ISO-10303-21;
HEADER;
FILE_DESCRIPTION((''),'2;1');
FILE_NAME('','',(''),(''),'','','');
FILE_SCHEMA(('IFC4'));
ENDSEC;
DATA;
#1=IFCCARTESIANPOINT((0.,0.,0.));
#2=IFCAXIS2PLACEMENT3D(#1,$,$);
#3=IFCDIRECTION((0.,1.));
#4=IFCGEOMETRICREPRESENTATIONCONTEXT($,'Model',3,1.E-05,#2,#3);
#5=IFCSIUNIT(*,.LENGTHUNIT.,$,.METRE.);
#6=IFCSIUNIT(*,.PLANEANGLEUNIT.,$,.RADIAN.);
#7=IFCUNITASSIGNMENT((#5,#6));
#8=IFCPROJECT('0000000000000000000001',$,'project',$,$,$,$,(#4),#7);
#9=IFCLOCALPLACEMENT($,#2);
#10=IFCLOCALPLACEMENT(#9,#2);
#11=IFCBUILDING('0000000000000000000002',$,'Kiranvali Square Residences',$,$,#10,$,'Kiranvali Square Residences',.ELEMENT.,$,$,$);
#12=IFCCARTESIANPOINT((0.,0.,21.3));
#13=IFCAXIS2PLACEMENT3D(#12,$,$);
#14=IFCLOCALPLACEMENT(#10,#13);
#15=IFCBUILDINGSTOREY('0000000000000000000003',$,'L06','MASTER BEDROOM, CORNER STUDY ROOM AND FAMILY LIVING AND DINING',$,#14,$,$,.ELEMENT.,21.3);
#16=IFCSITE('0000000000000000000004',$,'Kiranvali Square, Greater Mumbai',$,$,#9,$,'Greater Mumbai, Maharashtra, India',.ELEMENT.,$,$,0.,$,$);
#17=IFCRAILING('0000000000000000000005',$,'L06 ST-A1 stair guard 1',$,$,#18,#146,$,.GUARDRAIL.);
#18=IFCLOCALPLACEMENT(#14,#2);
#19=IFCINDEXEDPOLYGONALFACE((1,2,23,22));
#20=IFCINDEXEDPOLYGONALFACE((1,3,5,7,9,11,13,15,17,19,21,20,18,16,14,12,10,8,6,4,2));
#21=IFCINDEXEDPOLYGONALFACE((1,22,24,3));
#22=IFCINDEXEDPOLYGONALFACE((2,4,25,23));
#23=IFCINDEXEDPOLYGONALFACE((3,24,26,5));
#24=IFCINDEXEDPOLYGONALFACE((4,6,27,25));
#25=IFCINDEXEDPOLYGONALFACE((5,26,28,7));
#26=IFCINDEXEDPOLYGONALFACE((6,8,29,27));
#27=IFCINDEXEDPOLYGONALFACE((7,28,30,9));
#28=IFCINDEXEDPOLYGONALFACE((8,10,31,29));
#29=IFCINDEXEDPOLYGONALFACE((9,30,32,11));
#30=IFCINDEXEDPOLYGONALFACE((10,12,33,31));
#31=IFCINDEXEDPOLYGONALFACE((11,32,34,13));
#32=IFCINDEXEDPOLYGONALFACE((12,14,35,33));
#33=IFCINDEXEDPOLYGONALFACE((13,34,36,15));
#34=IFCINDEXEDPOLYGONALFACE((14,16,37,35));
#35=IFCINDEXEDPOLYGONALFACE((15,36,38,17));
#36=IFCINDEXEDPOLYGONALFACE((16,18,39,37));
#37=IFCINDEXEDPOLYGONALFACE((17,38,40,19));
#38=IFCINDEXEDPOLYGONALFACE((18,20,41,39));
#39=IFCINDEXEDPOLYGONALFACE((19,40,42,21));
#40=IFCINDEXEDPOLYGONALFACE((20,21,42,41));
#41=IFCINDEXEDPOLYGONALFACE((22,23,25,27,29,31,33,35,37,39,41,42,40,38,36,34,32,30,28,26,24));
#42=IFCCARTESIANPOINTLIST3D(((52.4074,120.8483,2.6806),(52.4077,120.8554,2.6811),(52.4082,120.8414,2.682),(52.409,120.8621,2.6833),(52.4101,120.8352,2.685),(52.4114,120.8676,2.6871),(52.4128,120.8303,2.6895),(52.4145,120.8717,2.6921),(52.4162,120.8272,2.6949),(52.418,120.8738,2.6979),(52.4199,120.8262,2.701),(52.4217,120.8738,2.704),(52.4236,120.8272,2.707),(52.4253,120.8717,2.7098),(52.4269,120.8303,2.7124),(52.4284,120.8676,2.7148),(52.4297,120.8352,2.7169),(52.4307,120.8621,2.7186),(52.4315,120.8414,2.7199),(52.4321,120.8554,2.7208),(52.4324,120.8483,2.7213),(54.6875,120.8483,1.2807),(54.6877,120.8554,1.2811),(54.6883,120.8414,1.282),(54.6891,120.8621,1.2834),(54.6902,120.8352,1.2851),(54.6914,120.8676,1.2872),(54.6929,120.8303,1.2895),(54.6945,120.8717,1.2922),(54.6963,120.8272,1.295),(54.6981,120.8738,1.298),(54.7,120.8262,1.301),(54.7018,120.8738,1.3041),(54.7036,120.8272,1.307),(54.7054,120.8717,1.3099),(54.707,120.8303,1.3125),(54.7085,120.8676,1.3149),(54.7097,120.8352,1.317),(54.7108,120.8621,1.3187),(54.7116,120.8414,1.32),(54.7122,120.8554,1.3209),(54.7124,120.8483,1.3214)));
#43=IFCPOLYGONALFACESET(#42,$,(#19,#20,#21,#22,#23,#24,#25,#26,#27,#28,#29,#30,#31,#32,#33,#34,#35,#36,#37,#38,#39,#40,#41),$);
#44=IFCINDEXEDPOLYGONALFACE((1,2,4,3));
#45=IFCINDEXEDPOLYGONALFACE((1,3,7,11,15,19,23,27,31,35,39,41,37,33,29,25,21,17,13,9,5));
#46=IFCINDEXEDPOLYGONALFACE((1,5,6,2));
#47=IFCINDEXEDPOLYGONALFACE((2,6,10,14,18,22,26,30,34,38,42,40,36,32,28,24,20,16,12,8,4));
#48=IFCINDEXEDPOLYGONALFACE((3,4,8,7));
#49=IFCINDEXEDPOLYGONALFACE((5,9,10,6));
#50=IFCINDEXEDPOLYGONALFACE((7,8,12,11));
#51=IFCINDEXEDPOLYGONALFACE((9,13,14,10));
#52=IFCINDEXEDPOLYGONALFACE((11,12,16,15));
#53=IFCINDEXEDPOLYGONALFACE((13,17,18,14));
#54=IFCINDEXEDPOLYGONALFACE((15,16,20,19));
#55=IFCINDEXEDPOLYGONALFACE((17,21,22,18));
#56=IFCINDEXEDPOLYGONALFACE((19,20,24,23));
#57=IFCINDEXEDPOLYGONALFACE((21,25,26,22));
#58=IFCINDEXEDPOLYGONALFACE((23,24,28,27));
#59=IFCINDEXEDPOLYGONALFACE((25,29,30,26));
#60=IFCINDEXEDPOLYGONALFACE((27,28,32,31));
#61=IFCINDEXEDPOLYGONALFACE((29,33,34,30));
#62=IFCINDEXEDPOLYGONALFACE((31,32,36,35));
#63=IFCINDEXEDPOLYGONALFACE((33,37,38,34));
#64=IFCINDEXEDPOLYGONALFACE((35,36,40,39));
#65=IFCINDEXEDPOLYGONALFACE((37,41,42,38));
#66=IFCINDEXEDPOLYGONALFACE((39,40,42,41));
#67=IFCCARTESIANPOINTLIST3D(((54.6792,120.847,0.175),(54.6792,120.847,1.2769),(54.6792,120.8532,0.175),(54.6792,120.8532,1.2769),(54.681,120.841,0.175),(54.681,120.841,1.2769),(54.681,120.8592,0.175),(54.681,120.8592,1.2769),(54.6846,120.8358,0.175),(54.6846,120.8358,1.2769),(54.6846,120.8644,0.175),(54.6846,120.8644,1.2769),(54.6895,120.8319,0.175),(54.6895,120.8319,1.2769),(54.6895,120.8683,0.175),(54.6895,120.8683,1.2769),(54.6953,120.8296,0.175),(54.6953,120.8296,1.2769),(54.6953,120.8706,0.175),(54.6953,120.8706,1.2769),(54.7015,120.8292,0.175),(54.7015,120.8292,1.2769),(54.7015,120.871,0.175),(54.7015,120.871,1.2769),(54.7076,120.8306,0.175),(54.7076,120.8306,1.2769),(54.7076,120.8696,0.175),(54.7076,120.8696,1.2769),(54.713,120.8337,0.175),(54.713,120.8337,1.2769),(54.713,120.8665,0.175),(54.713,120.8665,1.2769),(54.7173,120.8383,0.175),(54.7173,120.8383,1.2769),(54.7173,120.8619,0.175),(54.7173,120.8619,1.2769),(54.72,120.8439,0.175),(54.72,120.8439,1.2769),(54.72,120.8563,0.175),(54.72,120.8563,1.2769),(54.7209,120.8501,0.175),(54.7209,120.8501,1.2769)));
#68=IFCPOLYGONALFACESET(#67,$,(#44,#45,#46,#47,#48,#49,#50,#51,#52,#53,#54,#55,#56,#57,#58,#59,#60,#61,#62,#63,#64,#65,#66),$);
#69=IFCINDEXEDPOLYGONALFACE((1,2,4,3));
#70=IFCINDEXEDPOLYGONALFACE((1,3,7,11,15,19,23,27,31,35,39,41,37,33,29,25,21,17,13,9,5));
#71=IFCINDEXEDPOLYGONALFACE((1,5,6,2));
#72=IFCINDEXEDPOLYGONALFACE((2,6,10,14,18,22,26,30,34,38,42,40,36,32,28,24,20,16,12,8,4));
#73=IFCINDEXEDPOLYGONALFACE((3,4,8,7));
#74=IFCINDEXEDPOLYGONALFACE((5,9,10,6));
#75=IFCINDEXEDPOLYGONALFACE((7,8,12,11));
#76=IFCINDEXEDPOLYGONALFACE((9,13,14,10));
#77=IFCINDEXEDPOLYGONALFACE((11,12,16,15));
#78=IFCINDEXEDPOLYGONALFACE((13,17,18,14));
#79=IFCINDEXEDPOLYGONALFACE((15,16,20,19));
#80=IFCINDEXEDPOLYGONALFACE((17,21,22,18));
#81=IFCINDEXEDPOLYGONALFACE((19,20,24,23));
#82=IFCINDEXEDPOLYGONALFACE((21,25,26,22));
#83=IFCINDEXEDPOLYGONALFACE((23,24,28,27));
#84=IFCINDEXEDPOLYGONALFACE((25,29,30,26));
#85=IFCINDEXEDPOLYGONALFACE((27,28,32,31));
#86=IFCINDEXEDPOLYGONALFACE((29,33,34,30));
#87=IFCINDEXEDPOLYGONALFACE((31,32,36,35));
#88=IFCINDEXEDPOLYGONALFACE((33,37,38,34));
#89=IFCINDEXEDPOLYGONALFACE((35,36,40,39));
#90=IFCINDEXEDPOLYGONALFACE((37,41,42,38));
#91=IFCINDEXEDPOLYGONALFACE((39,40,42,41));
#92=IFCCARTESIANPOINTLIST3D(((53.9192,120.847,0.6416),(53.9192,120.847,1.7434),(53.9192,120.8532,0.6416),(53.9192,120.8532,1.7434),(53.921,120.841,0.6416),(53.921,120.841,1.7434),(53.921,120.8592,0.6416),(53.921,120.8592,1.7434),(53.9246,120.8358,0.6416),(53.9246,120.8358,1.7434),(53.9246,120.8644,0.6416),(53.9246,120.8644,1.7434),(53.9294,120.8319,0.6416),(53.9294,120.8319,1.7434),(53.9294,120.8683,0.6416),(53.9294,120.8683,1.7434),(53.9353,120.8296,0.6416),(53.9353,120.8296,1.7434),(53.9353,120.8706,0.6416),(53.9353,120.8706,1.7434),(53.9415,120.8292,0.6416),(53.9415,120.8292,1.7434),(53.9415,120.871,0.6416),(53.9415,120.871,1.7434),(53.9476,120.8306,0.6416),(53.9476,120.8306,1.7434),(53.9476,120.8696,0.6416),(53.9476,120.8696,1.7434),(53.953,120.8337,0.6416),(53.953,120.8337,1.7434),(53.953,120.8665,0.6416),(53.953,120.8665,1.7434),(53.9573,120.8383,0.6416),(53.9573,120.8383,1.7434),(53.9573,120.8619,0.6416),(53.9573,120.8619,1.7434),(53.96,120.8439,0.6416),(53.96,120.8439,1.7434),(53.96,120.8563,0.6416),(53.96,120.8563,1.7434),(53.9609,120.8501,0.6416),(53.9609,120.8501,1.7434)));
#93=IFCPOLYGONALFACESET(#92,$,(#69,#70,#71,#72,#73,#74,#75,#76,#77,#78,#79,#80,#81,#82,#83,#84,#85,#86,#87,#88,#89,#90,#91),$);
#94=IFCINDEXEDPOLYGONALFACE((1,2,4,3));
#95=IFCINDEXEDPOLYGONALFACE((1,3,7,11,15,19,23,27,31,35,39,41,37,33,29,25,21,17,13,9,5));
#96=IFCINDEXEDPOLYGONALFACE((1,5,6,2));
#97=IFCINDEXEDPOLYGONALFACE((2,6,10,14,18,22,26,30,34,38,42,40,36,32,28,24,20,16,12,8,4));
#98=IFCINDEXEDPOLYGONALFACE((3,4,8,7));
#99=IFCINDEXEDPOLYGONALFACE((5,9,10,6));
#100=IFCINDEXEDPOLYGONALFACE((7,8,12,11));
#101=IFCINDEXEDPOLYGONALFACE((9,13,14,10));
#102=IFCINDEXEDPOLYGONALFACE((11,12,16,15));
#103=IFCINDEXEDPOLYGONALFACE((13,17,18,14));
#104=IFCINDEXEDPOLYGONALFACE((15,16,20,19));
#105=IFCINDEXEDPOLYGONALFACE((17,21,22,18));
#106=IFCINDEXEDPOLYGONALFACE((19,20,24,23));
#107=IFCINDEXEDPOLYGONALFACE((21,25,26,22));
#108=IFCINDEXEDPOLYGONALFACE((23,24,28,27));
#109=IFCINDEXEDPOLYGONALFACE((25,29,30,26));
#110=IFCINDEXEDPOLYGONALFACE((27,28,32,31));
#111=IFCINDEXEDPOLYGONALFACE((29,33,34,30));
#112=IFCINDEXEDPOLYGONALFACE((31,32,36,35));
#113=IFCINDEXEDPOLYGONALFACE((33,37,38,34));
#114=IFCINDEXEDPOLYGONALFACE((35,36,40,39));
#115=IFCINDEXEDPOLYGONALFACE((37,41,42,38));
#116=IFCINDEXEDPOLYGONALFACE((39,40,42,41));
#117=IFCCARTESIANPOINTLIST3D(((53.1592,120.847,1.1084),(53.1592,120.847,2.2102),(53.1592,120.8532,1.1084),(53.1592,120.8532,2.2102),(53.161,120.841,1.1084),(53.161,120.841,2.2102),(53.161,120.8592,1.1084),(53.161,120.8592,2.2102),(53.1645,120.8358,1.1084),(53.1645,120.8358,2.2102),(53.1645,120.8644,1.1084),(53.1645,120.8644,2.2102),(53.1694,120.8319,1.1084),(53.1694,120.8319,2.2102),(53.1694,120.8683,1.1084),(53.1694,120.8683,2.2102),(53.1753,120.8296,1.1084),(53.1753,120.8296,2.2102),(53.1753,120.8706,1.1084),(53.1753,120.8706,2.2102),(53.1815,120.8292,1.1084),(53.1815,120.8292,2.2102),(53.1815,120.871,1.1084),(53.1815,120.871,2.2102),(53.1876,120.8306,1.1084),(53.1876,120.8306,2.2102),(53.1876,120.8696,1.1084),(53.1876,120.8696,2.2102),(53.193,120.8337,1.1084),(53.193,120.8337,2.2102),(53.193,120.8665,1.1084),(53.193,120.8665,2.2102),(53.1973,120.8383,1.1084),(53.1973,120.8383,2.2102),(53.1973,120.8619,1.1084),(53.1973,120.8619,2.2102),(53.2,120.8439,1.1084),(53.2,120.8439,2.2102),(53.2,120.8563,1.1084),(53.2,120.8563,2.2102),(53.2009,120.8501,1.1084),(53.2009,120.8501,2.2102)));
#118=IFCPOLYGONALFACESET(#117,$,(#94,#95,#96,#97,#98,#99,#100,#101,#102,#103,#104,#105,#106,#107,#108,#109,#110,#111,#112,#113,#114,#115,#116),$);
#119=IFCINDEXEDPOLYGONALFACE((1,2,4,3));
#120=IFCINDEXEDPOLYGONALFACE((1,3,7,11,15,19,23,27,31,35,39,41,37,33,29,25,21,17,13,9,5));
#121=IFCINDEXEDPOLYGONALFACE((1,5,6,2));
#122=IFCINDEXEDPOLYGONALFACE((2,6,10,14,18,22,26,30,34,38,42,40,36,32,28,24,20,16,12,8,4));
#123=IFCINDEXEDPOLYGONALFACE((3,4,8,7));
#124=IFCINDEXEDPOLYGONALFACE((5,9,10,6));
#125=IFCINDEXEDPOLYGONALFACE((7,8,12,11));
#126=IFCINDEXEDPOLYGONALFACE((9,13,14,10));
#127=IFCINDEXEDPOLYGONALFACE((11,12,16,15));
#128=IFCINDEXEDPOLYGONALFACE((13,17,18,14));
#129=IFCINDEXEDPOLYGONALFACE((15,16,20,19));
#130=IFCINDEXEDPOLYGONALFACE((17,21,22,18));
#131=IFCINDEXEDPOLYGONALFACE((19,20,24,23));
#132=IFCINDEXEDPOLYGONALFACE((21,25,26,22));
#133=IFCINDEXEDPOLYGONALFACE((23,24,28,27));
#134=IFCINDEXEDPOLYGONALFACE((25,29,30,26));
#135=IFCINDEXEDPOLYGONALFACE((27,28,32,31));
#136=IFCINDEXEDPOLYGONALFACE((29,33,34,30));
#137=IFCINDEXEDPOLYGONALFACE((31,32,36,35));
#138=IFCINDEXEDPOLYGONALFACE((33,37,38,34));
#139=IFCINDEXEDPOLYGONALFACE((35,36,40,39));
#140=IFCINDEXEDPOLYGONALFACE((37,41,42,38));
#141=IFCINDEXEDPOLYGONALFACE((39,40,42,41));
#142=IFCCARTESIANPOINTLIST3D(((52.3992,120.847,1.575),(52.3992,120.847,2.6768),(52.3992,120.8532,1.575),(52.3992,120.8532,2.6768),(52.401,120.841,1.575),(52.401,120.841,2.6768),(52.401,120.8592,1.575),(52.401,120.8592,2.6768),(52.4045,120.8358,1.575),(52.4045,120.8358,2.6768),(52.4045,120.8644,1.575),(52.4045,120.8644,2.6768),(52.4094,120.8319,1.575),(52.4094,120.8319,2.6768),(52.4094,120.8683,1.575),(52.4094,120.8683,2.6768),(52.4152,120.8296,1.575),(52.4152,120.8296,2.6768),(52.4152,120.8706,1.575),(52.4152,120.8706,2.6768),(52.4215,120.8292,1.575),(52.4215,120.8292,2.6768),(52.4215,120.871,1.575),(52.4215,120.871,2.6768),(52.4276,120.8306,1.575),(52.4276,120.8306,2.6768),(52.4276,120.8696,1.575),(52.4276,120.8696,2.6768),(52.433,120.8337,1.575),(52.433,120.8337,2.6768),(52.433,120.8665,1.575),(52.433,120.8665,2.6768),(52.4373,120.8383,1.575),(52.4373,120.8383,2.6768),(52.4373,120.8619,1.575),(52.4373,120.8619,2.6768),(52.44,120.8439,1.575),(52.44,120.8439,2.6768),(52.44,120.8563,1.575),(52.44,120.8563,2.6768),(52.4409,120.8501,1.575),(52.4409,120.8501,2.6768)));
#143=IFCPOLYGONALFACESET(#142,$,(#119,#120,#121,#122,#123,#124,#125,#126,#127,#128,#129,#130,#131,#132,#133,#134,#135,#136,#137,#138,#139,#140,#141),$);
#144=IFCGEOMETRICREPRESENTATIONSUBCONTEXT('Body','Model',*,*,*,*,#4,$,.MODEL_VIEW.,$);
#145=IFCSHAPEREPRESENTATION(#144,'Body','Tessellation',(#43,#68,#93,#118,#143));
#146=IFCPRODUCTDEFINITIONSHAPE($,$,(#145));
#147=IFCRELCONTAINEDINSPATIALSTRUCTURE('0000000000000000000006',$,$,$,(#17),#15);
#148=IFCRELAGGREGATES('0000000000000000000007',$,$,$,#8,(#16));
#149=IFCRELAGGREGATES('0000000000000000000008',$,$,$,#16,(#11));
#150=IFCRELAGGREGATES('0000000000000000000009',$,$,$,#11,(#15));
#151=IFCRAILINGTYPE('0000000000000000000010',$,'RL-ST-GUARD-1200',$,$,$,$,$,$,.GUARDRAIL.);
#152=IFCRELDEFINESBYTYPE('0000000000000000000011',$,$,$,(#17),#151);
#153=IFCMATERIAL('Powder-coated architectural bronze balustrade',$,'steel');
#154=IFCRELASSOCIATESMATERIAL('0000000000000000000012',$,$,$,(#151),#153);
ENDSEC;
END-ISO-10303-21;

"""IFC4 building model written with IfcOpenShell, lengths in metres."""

from ifc_helpers import new_model, si_unit, direction, frame, origin, origin_2d, place, context, subcontext, project, spatial, circle, extrude, material, type_object, element, save


model = new_model("IFC4")

# Units and contexts
model_context = context("Model", 3, precision=1e-05, world=origin(), true_north=direction((0.0, 1.0)))
body_context = subcontext(model_context, "Body", "Model", "MODEL_VIEW")
ifc_project = project(units=[si_unit("LENGTHUNIT", "METRE"), si_unit("PLANEANGLEUNIT", "RADIAN")], contexts=[model_context])

# Site, building, storey
site_placement = place(None, origin())
site = spatial("IfcSite", under=ifc_project, at=site_placement, Name="Kiranvali Square, Greater Mumbai", LongName="Greater Mumbai, Maharashtra, India", CompositionType="ELEMENT", RefElevation=0.0)
building_placement = place(site_placement, origin())
building = spatial("IfcBuilding", under=site, at=building_placement, Name="Kiranvali Square Residences", LongName="Kiranvali Square Residences", CompositionType="ELEMENT")
storey_placement = place(building_placement, frame((0.0, 0.0, 21.3)))
storey = spatial("IfcBuildingStorey", under=building, at=storey_placement, Name="L06", Description="MASTER BEDROOM, CORNER STUDY ROOM AND FAMILY LIVING AND DINING", CompositionType="ELEMENT", Elevation=21.3)

# Railing
ifc_material_1 = material(Name="Powder-coated architectural bronze balustrade", Category="steel")
railing_type_1 = type_object("IfcRailingType", Name="RL-ST-GUARD-1200", PredefinedType="GUARDRAIL", material=ifc_material_1)
railing_1_placement = place(storey_placement, frame((54.7, 120.8501, 0.175)))
element("IfcRailing", 1, at=railing_1_placement, inside=storey, type_object=railing_type_1, Name="L06 ST-A1 stair guard 1", PredefinedType="GUARDRAIL", context=body_context, shape_type="SweptSolid", body=[
    extrude(circle(Radius=0.0239, at=origin_2d()), frame((0.0, 0.0, 1.126), z_axis=(-0.85219, 0.0, 0.523232), x_axis=(0.0, -1.0, 0.0)), (0.0, 0.0, 1.0), 2.6755),
    extrude(circle(Radius=0.021, at=origin_2d()), origin(), (0.0, 0.0, 1.0), 1.1018),
    extrude(circle(Radius=0.021, at=origin_2d()), frame((-0.76, 0.0, 0.4666)), (0.0, 0.0, 1.0), 1.1018),
    extrude(circle(Radius=0.021, at=origin_2d()), frame((-1.52, 0.0, 0.9333)), (0.0, 0.0, 1.0), 1.1018),
    extrude(circle(Radius=0.021, at=origin_2d()), frame((-2.28, 0.0, 1.3999)), (0.0, 0.0, 1.0), 1.1018),
])

save(model, "model.ifc")
